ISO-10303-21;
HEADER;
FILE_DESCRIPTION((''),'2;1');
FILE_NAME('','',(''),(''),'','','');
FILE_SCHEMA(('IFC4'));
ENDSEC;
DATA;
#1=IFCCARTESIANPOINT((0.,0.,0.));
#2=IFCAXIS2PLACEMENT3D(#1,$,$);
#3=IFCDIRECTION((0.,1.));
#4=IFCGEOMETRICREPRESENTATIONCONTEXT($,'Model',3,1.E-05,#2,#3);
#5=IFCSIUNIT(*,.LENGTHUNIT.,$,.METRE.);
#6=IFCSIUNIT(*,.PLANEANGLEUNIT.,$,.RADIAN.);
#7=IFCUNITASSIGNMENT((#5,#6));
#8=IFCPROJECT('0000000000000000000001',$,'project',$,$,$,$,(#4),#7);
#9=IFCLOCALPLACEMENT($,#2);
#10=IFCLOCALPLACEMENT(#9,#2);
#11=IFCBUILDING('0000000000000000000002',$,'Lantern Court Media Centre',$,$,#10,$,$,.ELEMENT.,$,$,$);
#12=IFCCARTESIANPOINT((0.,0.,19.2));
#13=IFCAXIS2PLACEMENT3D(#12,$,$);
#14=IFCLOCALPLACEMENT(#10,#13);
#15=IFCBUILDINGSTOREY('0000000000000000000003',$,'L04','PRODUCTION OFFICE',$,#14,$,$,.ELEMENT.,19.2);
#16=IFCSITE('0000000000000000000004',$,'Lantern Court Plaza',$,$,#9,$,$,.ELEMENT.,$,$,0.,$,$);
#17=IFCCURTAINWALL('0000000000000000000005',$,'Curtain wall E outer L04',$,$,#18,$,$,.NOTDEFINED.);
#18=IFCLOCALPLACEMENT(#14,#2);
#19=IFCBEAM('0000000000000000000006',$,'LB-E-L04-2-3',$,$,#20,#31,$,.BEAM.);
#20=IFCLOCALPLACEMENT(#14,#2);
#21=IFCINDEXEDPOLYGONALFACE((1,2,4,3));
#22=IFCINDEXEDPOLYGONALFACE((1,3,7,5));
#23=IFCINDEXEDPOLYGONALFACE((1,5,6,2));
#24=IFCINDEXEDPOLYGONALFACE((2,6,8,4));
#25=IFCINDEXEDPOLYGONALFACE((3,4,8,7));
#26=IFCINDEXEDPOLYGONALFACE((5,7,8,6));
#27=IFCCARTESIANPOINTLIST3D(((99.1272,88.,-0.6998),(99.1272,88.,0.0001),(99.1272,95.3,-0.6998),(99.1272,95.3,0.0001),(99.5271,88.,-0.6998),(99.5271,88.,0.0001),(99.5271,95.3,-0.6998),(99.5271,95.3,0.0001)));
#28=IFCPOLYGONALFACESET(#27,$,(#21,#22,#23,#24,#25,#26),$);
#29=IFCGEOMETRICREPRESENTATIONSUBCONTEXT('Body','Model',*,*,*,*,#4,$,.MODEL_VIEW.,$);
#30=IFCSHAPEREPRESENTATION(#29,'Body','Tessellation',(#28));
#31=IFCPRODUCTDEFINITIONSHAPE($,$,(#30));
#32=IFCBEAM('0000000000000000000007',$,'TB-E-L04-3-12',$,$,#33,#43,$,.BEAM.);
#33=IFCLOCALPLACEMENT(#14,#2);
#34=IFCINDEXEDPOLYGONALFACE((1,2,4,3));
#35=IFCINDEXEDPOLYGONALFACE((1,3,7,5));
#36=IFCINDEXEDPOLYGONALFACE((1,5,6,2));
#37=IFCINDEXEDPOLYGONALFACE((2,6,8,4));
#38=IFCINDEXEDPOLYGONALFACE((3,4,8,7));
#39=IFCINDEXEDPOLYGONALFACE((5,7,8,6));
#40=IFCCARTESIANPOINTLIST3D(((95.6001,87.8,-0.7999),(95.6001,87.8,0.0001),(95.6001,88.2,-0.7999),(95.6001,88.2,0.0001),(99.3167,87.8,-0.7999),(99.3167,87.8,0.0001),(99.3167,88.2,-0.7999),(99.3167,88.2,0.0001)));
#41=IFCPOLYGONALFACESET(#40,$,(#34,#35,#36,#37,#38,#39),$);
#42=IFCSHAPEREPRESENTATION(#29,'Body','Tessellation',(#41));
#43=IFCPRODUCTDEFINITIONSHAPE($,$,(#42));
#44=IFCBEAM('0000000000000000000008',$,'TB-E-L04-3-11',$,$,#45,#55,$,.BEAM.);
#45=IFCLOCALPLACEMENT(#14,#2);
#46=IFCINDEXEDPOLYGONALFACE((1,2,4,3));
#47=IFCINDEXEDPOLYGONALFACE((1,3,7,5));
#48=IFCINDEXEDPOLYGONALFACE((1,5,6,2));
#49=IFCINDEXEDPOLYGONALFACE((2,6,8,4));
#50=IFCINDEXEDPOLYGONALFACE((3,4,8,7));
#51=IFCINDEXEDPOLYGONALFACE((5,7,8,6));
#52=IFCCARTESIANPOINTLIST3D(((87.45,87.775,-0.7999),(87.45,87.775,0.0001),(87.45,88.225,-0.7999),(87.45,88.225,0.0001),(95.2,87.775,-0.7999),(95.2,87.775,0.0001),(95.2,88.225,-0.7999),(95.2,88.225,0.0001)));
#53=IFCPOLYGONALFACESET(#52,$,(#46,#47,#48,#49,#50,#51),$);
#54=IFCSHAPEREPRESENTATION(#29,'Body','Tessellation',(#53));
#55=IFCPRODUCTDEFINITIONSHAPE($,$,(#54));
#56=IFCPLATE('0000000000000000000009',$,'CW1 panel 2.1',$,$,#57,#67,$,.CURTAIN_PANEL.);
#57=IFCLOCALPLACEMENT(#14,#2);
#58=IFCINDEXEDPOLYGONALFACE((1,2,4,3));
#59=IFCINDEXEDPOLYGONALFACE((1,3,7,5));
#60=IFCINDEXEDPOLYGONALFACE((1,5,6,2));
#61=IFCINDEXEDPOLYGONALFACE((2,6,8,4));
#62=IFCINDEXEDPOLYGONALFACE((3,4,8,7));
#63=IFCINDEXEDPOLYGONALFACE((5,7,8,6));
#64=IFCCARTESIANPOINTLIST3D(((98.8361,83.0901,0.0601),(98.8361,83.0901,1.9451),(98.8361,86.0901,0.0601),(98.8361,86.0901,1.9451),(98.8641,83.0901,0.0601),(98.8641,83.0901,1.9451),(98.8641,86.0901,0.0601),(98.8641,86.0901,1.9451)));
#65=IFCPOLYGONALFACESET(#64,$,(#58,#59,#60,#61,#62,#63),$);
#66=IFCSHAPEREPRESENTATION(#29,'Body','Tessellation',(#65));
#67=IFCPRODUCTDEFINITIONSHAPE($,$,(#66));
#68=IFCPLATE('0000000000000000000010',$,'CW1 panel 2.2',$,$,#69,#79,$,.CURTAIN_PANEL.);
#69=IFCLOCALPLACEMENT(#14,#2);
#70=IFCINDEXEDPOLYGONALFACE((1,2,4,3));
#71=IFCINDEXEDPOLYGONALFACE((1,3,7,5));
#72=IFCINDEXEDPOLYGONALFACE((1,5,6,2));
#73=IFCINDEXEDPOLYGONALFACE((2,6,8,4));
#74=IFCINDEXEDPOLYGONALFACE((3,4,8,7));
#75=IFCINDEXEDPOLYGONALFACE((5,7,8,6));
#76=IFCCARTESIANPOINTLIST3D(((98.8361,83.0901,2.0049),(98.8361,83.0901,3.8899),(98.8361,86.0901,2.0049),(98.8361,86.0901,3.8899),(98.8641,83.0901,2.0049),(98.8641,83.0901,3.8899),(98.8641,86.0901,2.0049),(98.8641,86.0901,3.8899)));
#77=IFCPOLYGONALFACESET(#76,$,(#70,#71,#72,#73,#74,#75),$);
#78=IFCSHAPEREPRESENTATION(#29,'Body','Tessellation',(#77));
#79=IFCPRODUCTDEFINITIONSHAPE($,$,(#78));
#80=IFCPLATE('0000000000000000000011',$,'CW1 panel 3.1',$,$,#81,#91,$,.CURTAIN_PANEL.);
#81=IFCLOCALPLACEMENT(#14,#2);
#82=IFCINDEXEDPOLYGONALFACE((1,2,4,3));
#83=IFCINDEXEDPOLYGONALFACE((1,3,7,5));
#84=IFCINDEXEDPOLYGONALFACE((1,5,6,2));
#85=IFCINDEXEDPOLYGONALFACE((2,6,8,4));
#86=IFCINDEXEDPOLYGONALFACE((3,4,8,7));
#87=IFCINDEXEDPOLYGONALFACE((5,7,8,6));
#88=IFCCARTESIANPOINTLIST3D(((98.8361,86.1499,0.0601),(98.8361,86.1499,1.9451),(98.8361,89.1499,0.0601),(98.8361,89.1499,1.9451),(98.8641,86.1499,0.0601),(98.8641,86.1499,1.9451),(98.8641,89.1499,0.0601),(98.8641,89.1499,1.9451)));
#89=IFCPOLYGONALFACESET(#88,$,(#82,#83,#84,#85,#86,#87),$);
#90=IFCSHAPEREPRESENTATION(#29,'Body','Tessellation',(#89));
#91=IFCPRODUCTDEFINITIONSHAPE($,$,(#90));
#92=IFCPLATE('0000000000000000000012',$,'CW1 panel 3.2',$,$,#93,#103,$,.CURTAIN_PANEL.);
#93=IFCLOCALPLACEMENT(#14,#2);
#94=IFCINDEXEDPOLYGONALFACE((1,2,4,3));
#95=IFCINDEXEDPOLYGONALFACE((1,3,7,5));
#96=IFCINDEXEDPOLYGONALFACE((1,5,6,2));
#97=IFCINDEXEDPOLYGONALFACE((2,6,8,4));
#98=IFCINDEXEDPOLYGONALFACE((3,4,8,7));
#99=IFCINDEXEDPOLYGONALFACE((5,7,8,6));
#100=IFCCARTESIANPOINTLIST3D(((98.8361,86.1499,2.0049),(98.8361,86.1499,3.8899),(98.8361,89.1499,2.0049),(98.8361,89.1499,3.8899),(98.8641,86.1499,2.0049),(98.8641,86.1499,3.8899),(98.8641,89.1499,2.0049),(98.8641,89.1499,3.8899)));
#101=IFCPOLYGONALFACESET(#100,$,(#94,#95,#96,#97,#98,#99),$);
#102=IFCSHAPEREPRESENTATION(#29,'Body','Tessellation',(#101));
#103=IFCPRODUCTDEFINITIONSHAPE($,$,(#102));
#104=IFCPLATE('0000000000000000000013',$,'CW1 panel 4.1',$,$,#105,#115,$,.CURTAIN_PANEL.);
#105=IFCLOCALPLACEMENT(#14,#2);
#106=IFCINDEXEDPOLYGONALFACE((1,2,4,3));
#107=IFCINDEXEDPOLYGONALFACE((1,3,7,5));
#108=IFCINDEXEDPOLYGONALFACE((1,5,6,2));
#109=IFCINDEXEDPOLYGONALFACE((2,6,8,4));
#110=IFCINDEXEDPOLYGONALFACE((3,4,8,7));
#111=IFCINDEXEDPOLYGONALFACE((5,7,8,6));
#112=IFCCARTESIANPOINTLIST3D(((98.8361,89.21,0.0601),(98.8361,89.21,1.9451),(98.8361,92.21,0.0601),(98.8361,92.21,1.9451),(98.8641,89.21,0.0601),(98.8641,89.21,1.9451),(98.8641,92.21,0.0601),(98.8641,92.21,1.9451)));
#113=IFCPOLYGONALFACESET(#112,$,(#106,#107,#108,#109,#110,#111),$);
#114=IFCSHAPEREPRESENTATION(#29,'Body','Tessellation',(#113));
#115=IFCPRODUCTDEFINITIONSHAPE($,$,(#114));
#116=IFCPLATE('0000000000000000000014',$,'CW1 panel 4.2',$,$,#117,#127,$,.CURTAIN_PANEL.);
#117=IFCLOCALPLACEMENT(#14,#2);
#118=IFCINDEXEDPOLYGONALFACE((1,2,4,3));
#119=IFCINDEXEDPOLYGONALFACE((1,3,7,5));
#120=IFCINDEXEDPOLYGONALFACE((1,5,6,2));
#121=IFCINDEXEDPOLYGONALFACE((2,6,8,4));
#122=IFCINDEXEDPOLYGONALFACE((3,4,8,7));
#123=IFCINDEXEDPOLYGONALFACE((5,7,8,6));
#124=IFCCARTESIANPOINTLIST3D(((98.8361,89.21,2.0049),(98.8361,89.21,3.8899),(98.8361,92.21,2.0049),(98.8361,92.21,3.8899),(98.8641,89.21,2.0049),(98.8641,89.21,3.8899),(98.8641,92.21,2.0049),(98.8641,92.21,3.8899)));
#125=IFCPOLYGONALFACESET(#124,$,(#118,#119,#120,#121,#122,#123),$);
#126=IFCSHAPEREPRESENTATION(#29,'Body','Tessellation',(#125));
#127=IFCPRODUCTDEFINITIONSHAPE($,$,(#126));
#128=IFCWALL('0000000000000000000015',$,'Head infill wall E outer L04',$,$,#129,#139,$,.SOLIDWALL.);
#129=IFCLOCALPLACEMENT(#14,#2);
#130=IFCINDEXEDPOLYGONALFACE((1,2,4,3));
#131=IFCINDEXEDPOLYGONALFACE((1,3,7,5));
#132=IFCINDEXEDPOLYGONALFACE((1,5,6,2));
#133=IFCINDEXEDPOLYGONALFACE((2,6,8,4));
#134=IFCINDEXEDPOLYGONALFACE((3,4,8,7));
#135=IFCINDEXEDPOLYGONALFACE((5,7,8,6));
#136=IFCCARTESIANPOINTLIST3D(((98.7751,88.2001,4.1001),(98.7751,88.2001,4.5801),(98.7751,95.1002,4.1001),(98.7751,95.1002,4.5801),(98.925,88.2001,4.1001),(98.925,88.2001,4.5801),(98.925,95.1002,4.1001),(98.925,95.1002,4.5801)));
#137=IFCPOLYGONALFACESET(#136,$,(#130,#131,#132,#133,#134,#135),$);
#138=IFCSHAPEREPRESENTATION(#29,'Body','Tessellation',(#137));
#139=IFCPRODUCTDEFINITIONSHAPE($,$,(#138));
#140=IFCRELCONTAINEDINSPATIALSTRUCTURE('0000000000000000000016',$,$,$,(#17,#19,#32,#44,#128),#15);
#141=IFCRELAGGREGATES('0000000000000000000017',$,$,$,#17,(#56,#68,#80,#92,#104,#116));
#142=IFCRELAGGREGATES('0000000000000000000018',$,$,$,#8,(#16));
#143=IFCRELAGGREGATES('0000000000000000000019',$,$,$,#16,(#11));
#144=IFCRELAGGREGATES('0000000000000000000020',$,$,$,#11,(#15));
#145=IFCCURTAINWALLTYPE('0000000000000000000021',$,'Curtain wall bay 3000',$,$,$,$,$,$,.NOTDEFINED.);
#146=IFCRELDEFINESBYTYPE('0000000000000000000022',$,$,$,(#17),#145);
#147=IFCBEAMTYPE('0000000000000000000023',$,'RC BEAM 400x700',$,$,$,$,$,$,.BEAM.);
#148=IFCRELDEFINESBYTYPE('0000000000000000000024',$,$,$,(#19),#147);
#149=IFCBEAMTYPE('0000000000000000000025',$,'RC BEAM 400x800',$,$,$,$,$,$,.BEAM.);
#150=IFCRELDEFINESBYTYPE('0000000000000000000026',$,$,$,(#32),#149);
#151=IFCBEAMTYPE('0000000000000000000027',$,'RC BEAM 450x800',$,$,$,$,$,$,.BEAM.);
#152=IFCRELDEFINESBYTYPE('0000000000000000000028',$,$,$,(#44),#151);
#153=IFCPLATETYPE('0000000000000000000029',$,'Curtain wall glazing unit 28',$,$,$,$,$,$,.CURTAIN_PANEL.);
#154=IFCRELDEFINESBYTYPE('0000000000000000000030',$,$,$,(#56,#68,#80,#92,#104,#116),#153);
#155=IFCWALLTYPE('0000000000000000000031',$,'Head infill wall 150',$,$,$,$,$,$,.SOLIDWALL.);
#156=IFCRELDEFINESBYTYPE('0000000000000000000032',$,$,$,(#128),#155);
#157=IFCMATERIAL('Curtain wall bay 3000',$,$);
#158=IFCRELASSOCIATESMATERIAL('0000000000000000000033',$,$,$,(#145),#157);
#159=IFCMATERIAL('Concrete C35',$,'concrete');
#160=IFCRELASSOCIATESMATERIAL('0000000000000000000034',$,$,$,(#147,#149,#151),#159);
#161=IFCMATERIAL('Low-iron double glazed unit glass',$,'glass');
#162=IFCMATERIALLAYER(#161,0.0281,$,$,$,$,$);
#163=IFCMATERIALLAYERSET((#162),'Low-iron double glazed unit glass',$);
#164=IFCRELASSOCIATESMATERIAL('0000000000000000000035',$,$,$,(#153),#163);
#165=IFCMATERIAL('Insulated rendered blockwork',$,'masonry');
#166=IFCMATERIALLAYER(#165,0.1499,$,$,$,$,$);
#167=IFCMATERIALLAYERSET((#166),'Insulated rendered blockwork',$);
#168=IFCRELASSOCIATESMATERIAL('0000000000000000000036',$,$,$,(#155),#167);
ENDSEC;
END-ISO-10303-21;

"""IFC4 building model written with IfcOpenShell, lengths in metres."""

from ifc_helpers import new_model, si_unit, direction, frame, frame_2d, origin, origin_2d, place, context, subcontext, project, spatial, rectangle, extrude, material, layer, layer_set, material_profile, profile_set, type_object, element, aggregate, save


model = new_model("IFC4")

# Units and contexts
model_context = context("Model", 3, precision=1e-05, world=origin(), true_north=direction((0.0, 1.0)))
body_context = subcontext(model_context, "Body", "Model", "MODEL_VIEW")
ifc_project = project(units=[si_unit("LENGTHUNIT", "METRE"), si_unit("PLANEANGLEUNIT", "RADIAN")], contexts=[model_context])

# Site, building, storey
site_placement = place(None, origin())
site = spatial("IfcSite", under=ifc_project, at=site_placement, Name="Lantern Court Plaza", CompositionType="ELEMENT", RefElevation=0.0)
building_placement = place(site_placement, origin())
building = spatial("IfcBuilding", under=site, at=building_placement, Name="Lantern Court Media Centre", CompositionType="ELEMENT")
storey_placement = place(building_placement, frame((0.0, 0.0, 19.2)))
storey = spatial("IfcBuildingStorey", under=building, at=storey_placement, Name="L04", Description="PRODUCTION OFFICE", CompositionType="ELEMENT", Elevation=19.2)

# Shared definitions
ifc_material_1 = material(Name="Concrete C35", Category="concrete")

# Curtain wall
ifc_material_2 = material(Name="Curtain wall bay 3000")
curtain_wall_type = type_object("IfcCurtainWallType", Name="Curtain wall bay 3000", PredefinedType="NOTDEFINED", material=ifc_material_2)
curtain_wall_placement = place(storey_placement, origin())
curtain_wall = element("IfcCurtainWall", 1, at=curtain_wall_placement, inside=storey, type_object=curtain_wall_type, Name="Curtain wall E outer L04", PredefinedType="NOTDEFINED")

# Beams
ifc_material_profile_1 = material_profile(ifc_material_1, rectangle(XDim=0.3999, YDim=0.7, at=origin_2d()), Name="RC 400x700")
ifc_profile_set_1 = profile_set([ifc_material_profile_1], Name="Concrete C35")
beam_type_1 = type_object("IfcBeamType", Name="RC BEAM 400x700", PredefinedType="BEAM", material=ifc_profile_set_1)
beam_1_placement = place(storey_placement, frame((99.3271, 88.0, -0.3499), z_axis=(0.0, 1.0, 0.0), x_axis=(-1.0, 0.0, 0.0)))
element("IfcBeam", 2, at=beam_1_placement, inside=storey, type_object=beam_type_1, Name="LB-E-L04-2-3", PredefinedType="BEAM", context=body_context, shape_type="SweptSolid", body=[
    extrude(rectangle(XDim=0.3999, YDim=0.7, at=origin_2d()), origin(), (0.0, 0.0, 1.0), 7.3),
])
ifc_material_profile_2 = material_profile(ifc_material_1, rectangle(XDim=0.3999, YDim=0.8, at=origin_2d()), Name="RC 400x800")
ifc_profile_set_2 = profile_set([ifc_material_profile_2], Name="Concrete C35")
beam_type_2 = type_object("IfcBeamType", Name="RC BEAM 400x800", PredefinedType="BEAM", material=ifc_profile_set_2)
beam_2_placement = place(storey_placement, frame((95.6001, 88.0, -0.3999), z_axis=(1.0, 0.0, 0.0), x_axis=(0.0, 1.0, 0.0)))
element("IfcBeam", 3, at=beam_2_placement, inside=storey, type_object=beam_type_2, Name="TB-E-L04-3-12", PredefinedType="BEAM", context=body_context, shape_type="SweptSolid", body=[
    extrude(rectangle(XDim=0.3999, YDim=0.8, at=origin_2d()), origin(), (0.0, 0.0, 1.0), 3.7166),
])
ifc_material_profile_3 = material_profile(ifc_material_1, rectangle(XDim=0.45, YDim=0.8, at=origin_2d()), Name="RC 450x800")
ifc_profile_set_3 = profile_set([ifc_material_profile_3], Name="Concrete C35")
beam_type_3 = type_object("IfcBeamType", Name="RC BEAM 450x800", PredefinedType="BEAM", material=ifc_profile_set_3)
beam_3_placement = place(storey_placement, frame((87.45, 88.0, -0.3999), z_axis=(1.0, 0.0, 0.0), x_axis=(0.0, 1.0, 0.0)))
element("IfcBeam", 4, at=beam_3_placement, inside=storey, type_object=beam_type_3, Name="TB-E-L04-3-11", PredefinedType="BEAM", context=body_context, shape_type="SweptSolid", body=[
    extrude(rectangle(XDim=0.45, YDim=0.8, at=origin_2d()), origin(), (0.0, 0.0, 1.0), 7.75),
])

# Plates
ifc_material_3 = material(Name="Low-iron double glazed unit glass", Category="glass")
ifc_layer_1 = layer(ifc_material_3, 0.0281)
ifc_layer_set_1 = layer_set([ifc_layer_1], Name="Low-iron double glazed unit glass")
plate_type = type_object("IfcPlateType", Name="Curtain wall glazing unit 28", PredefinedType="CURTAIN_PANEL", material=ifc_layer_set_1)
plate_1_placement = place(storey_placement, frame((98.8501, 84.5901, 0.0601), z_axis=(0.0, 0.0, 1.0), x_axis=(0.0, 1.0, 0.0)))
plate_1 = element("IfcPlate", 5, at=plate_1_placement, type_object=plate_type, Name="CW1 panel 2.1", PredefinedType="CURTAIN_PANEL", context=body_context, shape_type="SweptSolid", body=[
    extrude(rectangle(XDim=3.0, YDim=0.0281, at=origin_2d()), origin(), (0.0, 0.0, 1.0), 1.885),
])
plate_2_placement = place(storey_placement, frame((98.8501, 84.5901, 2.0049), z_axis=(0.0, 0.0, 1.0), x_axis=(0.0, 1.0, 0.0)))
plate_2 = element("IfcPlate", 6, at=plate_2_placement, type_object=plate_type, Name="CW1 panel 2.2", PredefinedType="CURTAIN_PANEL", context=body_context, shape_type="SweptSolid", body=[
    extrude(rectangle(XDim=3.0, YDim=0.0281, at=origin_2d()), origin(), (0.0, 0.0, 1.0), 1.885),
])
plate_3_placement = place(storey_placement, frame((98.8501, 87.6499, 0.0601), z_axis=(0.0, 0.0, 1.0), x_axis=(0.0, 1.0, 0.0)))
plate_3 = element("IfcPlate", 7, at=plate_3_placement, type_object=plate_type, Name="CW1 panel 3.1", PredefinedType="CURTAIN_PANEL", context=body_context, shape_type="SweptSolid", body=[
    extrude(rectangle(XDim=3.0, YDim=0.0281, at=origin_2d()), origin(), (0.0, 0.0, 1.0), 1.885),
])
plate_4_placement = place(storey_placement, frame((98.8501, 87.6499, 2.0049), z_axis=(0.0, 0.0, 1.0), x_axis=(0.0, 1.0, 0.0)))
plate_4 = element("IfcPlate", 8, at=plate_4_placement, type_object=plate_type, Name="CW1 panel 3.2", PredefinedType="CURTAIN_PANEL", context=body_context, shape_type="SweptSolid", body=[
    extrude(rectangle(XDim=3.0, YDim=0.0281, at=origin_2d()), origin(), (0.0, 0.0, 1.0), 1.885),
])
plate_5_placement = place(storey_placement, frame((98.8501, 90.71, 0.0601), z_axis=(0.0, 0.0, 1.0), x_axis=(0.0, 1.0, 0.0)))
plate_5 = element("IfcPlate", 9, at=plate_5_placement, type_object=plate_type, Name="CW1 panel 4.1", PredefinedType="CURTAIN_PANEL", context=body_context, shape_type="SweptSolid", body=[
    extrude(rectangle(XDim=3.0, YDim=0.0281, at=origin_2d()), origin(), (0.0, 0.0, 1.0), 1.885),
])
plate_6_placement = place(storey_placement, frame((98.8501, 90.71, 2.0049), z_axis=(0.0, 0.0, 1.0), x_axis=(0.0, 1.0, 0.0)))
plate_6 = element("IfcPlate", 10, at=plate_6_placement, type_object=plate_type, Name="CW1 panel 4.2", PredefinedType="CURTAIN_PANEL", context=body_context, shape_type="SweptSolid", body=[
    extrude(rectangle(XDim=3.0, YDim=0.0281, at=origin_2d()), origin(), (0.0, 0.0, 1.0), 1.885),
])
aggregate(curtain_wall, [plate_1, plate_2, plate_3, plate_4, plate_5, plate_6])

# Wall
ifc_material_4 = material(Name="Insulated rendered blockwork", Category="masonry")
ifc_layer_2 = layer(ifc_material_4, 0.1499)
ifc_layer_set_2 = layer_set([ifc_layer_2], Name="Insulated rendered blockwork")
wall_type_1 = type_object("IfcWallType", Name="Head infill wall 150", PredefinedType="SOLIDWALL", material=ifc_layer_set_2)
wall_1_placement = place(storey_placement, frame((98.8501, 88.2, 4.1001), z_axis=(0.0, 0.0, 1.0), x_axis=(0.0, 1.0, 0.0)))
element("IfcWall", 11, at=wall_1_placement, inside=storey, type_object=wall_type_1, Name="Head infill wall E outer L04", PredefinedType="SOLIDWALL", context=body_context, shape_type="SweptSolid", body=[
    extrude(rectangle(XDim=6.9001, YDim=0.1499, at=frame_2d((3.4502, 0.0))), origin(), (0.0, 0.0, 1.0), 0.48),
])

save(model, "model.ifc")
